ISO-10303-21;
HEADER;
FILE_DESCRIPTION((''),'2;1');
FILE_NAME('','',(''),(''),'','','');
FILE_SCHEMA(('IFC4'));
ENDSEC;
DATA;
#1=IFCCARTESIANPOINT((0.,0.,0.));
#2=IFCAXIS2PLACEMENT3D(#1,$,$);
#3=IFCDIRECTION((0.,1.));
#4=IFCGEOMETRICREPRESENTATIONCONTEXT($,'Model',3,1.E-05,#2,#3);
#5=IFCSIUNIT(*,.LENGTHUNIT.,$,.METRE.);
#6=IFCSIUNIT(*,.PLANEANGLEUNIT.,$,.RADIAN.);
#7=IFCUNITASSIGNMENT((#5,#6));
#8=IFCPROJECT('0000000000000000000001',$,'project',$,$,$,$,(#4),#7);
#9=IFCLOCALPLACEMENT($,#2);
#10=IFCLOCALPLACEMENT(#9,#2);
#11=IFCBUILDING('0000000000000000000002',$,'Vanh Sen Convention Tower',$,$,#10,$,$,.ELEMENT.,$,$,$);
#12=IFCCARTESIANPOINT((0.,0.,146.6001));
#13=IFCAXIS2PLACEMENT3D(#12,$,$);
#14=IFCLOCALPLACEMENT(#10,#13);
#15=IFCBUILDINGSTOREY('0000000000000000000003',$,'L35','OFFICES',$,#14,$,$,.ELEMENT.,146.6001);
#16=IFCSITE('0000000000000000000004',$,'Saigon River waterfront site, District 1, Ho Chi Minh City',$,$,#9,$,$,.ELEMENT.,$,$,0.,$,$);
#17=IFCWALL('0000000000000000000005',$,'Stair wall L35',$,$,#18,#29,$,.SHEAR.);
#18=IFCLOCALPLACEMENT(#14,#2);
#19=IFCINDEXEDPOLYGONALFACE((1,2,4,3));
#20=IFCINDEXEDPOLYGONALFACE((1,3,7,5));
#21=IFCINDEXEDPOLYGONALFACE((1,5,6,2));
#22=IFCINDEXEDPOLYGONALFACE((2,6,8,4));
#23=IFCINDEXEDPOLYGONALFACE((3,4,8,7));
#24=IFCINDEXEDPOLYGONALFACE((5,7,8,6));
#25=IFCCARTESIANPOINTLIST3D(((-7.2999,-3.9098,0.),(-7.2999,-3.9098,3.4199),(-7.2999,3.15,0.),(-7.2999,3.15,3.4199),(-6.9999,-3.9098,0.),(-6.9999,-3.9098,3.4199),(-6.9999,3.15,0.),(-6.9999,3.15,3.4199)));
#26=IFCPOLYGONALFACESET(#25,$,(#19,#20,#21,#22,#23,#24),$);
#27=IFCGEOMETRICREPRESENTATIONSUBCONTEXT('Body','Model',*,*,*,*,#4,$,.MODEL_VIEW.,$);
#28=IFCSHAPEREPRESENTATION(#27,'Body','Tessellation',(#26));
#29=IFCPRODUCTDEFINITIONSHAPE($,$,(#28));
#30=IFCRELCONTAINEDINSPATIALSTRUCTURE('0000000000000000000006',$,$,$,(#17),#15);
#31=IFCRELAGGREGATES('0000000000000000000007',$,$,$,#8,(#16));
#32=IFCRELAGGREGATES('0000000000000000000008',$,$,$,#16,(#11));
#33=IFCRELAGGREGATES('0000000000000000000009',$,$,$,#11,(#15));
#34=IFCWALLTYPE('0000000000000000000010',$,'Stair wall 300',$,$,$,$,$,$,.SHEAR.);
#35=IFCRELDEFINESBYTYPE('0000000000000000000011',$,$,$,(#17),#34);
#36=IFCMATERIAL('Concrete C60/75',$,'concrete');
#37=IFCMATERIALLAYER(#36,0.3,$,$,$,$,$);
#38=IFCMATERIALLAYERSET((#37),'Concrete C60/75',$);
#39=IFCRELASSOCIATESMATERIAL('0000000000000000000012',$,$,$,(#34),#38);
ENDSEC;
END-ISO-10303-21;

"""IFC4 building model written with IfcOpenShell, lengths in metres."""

from ifc_helpers import new_model, si_unit, direction, frame, frame_2d, origin, place, context, subcontext, project, spatial, rectangle, extrude, material, layer, layer_set, type_object, element, save


model = new_model("IFC4")

# Units and contexts
model_context = context("Model", 3, precision=1e-05, world=origin(), true_north=direction((0.0, 1.0)))
body_context = subcontext(model_context, "Body", "Model", "MODEL_VIEW")
ifc_project = project(units=[si_unit("LENGTHUNIT", "METRE"), si_unit("PLANEANGLEUNIT", "RADIAN")], contexts=[model_context])

# Site, building, storey
site_placement = place(None, origin())
site = spatial("IfcSite", under=ifc_project, at=site_placement, Name="Saigon River waterfront site, District 1, Ho Chi Minh City", CompositionType="ELEMENT", RefElevation=0.0)
building_placement = place(site_placement, origin())
building = spatial("IfcBuilding", under=site, at=building_placement, Name="Vanh Sen Convention Tower", CompositionType="ELEMENT")
storey_placement = place(building_placement, frame((0.0, 0.0, 146.6001)))
storey = spatial("IfcBuildingStorey", under=building, at=storey_placement, Name="L35", Description="OFFICES", CompositionType="ELEMENT", Elevation=146.6001)

# Shared definitions
ifc_material_1 = material(Name="Concrete C60/75", Category="concrete")

# Shared definitions
ifc_layer_1 = layer(ifc_material_1, 0.3)
ifc_layer_set_1 = layer_set([ifc_layer_1], Name="Concrete C60/75")
wall_type_1 = type_object("IfcWallType", Name="Stair wall 300", PredefinedType="SHEAR", material=ifc_layer_set_1)

# Wall
for number, where, z_axis, x_axis, name in (
    (1, (-7.1499, 3.1499, 0.0), (0.0, 0.0, 1.0), (0.0, -1.0, 0.0), "Stair wall L35"),
):
    element("IfcWall", number, at=place(storey_placement, frame(where, z_axis=z_axis, x_axis=x_axis)), inside=storey, type_object=wall_type_1, Name=name, PredefinedType="SHEAR", context=body_context, shape_type="SweptSolid", body=[
        extrude(rectangle(XDim=7.0598, YDim=0.3, at=frame_2d((3.5298, 0.0))), origin(), (0.0, 0.0, 1.0), 3.4199),
    ])

save(model, "model.ifc")
